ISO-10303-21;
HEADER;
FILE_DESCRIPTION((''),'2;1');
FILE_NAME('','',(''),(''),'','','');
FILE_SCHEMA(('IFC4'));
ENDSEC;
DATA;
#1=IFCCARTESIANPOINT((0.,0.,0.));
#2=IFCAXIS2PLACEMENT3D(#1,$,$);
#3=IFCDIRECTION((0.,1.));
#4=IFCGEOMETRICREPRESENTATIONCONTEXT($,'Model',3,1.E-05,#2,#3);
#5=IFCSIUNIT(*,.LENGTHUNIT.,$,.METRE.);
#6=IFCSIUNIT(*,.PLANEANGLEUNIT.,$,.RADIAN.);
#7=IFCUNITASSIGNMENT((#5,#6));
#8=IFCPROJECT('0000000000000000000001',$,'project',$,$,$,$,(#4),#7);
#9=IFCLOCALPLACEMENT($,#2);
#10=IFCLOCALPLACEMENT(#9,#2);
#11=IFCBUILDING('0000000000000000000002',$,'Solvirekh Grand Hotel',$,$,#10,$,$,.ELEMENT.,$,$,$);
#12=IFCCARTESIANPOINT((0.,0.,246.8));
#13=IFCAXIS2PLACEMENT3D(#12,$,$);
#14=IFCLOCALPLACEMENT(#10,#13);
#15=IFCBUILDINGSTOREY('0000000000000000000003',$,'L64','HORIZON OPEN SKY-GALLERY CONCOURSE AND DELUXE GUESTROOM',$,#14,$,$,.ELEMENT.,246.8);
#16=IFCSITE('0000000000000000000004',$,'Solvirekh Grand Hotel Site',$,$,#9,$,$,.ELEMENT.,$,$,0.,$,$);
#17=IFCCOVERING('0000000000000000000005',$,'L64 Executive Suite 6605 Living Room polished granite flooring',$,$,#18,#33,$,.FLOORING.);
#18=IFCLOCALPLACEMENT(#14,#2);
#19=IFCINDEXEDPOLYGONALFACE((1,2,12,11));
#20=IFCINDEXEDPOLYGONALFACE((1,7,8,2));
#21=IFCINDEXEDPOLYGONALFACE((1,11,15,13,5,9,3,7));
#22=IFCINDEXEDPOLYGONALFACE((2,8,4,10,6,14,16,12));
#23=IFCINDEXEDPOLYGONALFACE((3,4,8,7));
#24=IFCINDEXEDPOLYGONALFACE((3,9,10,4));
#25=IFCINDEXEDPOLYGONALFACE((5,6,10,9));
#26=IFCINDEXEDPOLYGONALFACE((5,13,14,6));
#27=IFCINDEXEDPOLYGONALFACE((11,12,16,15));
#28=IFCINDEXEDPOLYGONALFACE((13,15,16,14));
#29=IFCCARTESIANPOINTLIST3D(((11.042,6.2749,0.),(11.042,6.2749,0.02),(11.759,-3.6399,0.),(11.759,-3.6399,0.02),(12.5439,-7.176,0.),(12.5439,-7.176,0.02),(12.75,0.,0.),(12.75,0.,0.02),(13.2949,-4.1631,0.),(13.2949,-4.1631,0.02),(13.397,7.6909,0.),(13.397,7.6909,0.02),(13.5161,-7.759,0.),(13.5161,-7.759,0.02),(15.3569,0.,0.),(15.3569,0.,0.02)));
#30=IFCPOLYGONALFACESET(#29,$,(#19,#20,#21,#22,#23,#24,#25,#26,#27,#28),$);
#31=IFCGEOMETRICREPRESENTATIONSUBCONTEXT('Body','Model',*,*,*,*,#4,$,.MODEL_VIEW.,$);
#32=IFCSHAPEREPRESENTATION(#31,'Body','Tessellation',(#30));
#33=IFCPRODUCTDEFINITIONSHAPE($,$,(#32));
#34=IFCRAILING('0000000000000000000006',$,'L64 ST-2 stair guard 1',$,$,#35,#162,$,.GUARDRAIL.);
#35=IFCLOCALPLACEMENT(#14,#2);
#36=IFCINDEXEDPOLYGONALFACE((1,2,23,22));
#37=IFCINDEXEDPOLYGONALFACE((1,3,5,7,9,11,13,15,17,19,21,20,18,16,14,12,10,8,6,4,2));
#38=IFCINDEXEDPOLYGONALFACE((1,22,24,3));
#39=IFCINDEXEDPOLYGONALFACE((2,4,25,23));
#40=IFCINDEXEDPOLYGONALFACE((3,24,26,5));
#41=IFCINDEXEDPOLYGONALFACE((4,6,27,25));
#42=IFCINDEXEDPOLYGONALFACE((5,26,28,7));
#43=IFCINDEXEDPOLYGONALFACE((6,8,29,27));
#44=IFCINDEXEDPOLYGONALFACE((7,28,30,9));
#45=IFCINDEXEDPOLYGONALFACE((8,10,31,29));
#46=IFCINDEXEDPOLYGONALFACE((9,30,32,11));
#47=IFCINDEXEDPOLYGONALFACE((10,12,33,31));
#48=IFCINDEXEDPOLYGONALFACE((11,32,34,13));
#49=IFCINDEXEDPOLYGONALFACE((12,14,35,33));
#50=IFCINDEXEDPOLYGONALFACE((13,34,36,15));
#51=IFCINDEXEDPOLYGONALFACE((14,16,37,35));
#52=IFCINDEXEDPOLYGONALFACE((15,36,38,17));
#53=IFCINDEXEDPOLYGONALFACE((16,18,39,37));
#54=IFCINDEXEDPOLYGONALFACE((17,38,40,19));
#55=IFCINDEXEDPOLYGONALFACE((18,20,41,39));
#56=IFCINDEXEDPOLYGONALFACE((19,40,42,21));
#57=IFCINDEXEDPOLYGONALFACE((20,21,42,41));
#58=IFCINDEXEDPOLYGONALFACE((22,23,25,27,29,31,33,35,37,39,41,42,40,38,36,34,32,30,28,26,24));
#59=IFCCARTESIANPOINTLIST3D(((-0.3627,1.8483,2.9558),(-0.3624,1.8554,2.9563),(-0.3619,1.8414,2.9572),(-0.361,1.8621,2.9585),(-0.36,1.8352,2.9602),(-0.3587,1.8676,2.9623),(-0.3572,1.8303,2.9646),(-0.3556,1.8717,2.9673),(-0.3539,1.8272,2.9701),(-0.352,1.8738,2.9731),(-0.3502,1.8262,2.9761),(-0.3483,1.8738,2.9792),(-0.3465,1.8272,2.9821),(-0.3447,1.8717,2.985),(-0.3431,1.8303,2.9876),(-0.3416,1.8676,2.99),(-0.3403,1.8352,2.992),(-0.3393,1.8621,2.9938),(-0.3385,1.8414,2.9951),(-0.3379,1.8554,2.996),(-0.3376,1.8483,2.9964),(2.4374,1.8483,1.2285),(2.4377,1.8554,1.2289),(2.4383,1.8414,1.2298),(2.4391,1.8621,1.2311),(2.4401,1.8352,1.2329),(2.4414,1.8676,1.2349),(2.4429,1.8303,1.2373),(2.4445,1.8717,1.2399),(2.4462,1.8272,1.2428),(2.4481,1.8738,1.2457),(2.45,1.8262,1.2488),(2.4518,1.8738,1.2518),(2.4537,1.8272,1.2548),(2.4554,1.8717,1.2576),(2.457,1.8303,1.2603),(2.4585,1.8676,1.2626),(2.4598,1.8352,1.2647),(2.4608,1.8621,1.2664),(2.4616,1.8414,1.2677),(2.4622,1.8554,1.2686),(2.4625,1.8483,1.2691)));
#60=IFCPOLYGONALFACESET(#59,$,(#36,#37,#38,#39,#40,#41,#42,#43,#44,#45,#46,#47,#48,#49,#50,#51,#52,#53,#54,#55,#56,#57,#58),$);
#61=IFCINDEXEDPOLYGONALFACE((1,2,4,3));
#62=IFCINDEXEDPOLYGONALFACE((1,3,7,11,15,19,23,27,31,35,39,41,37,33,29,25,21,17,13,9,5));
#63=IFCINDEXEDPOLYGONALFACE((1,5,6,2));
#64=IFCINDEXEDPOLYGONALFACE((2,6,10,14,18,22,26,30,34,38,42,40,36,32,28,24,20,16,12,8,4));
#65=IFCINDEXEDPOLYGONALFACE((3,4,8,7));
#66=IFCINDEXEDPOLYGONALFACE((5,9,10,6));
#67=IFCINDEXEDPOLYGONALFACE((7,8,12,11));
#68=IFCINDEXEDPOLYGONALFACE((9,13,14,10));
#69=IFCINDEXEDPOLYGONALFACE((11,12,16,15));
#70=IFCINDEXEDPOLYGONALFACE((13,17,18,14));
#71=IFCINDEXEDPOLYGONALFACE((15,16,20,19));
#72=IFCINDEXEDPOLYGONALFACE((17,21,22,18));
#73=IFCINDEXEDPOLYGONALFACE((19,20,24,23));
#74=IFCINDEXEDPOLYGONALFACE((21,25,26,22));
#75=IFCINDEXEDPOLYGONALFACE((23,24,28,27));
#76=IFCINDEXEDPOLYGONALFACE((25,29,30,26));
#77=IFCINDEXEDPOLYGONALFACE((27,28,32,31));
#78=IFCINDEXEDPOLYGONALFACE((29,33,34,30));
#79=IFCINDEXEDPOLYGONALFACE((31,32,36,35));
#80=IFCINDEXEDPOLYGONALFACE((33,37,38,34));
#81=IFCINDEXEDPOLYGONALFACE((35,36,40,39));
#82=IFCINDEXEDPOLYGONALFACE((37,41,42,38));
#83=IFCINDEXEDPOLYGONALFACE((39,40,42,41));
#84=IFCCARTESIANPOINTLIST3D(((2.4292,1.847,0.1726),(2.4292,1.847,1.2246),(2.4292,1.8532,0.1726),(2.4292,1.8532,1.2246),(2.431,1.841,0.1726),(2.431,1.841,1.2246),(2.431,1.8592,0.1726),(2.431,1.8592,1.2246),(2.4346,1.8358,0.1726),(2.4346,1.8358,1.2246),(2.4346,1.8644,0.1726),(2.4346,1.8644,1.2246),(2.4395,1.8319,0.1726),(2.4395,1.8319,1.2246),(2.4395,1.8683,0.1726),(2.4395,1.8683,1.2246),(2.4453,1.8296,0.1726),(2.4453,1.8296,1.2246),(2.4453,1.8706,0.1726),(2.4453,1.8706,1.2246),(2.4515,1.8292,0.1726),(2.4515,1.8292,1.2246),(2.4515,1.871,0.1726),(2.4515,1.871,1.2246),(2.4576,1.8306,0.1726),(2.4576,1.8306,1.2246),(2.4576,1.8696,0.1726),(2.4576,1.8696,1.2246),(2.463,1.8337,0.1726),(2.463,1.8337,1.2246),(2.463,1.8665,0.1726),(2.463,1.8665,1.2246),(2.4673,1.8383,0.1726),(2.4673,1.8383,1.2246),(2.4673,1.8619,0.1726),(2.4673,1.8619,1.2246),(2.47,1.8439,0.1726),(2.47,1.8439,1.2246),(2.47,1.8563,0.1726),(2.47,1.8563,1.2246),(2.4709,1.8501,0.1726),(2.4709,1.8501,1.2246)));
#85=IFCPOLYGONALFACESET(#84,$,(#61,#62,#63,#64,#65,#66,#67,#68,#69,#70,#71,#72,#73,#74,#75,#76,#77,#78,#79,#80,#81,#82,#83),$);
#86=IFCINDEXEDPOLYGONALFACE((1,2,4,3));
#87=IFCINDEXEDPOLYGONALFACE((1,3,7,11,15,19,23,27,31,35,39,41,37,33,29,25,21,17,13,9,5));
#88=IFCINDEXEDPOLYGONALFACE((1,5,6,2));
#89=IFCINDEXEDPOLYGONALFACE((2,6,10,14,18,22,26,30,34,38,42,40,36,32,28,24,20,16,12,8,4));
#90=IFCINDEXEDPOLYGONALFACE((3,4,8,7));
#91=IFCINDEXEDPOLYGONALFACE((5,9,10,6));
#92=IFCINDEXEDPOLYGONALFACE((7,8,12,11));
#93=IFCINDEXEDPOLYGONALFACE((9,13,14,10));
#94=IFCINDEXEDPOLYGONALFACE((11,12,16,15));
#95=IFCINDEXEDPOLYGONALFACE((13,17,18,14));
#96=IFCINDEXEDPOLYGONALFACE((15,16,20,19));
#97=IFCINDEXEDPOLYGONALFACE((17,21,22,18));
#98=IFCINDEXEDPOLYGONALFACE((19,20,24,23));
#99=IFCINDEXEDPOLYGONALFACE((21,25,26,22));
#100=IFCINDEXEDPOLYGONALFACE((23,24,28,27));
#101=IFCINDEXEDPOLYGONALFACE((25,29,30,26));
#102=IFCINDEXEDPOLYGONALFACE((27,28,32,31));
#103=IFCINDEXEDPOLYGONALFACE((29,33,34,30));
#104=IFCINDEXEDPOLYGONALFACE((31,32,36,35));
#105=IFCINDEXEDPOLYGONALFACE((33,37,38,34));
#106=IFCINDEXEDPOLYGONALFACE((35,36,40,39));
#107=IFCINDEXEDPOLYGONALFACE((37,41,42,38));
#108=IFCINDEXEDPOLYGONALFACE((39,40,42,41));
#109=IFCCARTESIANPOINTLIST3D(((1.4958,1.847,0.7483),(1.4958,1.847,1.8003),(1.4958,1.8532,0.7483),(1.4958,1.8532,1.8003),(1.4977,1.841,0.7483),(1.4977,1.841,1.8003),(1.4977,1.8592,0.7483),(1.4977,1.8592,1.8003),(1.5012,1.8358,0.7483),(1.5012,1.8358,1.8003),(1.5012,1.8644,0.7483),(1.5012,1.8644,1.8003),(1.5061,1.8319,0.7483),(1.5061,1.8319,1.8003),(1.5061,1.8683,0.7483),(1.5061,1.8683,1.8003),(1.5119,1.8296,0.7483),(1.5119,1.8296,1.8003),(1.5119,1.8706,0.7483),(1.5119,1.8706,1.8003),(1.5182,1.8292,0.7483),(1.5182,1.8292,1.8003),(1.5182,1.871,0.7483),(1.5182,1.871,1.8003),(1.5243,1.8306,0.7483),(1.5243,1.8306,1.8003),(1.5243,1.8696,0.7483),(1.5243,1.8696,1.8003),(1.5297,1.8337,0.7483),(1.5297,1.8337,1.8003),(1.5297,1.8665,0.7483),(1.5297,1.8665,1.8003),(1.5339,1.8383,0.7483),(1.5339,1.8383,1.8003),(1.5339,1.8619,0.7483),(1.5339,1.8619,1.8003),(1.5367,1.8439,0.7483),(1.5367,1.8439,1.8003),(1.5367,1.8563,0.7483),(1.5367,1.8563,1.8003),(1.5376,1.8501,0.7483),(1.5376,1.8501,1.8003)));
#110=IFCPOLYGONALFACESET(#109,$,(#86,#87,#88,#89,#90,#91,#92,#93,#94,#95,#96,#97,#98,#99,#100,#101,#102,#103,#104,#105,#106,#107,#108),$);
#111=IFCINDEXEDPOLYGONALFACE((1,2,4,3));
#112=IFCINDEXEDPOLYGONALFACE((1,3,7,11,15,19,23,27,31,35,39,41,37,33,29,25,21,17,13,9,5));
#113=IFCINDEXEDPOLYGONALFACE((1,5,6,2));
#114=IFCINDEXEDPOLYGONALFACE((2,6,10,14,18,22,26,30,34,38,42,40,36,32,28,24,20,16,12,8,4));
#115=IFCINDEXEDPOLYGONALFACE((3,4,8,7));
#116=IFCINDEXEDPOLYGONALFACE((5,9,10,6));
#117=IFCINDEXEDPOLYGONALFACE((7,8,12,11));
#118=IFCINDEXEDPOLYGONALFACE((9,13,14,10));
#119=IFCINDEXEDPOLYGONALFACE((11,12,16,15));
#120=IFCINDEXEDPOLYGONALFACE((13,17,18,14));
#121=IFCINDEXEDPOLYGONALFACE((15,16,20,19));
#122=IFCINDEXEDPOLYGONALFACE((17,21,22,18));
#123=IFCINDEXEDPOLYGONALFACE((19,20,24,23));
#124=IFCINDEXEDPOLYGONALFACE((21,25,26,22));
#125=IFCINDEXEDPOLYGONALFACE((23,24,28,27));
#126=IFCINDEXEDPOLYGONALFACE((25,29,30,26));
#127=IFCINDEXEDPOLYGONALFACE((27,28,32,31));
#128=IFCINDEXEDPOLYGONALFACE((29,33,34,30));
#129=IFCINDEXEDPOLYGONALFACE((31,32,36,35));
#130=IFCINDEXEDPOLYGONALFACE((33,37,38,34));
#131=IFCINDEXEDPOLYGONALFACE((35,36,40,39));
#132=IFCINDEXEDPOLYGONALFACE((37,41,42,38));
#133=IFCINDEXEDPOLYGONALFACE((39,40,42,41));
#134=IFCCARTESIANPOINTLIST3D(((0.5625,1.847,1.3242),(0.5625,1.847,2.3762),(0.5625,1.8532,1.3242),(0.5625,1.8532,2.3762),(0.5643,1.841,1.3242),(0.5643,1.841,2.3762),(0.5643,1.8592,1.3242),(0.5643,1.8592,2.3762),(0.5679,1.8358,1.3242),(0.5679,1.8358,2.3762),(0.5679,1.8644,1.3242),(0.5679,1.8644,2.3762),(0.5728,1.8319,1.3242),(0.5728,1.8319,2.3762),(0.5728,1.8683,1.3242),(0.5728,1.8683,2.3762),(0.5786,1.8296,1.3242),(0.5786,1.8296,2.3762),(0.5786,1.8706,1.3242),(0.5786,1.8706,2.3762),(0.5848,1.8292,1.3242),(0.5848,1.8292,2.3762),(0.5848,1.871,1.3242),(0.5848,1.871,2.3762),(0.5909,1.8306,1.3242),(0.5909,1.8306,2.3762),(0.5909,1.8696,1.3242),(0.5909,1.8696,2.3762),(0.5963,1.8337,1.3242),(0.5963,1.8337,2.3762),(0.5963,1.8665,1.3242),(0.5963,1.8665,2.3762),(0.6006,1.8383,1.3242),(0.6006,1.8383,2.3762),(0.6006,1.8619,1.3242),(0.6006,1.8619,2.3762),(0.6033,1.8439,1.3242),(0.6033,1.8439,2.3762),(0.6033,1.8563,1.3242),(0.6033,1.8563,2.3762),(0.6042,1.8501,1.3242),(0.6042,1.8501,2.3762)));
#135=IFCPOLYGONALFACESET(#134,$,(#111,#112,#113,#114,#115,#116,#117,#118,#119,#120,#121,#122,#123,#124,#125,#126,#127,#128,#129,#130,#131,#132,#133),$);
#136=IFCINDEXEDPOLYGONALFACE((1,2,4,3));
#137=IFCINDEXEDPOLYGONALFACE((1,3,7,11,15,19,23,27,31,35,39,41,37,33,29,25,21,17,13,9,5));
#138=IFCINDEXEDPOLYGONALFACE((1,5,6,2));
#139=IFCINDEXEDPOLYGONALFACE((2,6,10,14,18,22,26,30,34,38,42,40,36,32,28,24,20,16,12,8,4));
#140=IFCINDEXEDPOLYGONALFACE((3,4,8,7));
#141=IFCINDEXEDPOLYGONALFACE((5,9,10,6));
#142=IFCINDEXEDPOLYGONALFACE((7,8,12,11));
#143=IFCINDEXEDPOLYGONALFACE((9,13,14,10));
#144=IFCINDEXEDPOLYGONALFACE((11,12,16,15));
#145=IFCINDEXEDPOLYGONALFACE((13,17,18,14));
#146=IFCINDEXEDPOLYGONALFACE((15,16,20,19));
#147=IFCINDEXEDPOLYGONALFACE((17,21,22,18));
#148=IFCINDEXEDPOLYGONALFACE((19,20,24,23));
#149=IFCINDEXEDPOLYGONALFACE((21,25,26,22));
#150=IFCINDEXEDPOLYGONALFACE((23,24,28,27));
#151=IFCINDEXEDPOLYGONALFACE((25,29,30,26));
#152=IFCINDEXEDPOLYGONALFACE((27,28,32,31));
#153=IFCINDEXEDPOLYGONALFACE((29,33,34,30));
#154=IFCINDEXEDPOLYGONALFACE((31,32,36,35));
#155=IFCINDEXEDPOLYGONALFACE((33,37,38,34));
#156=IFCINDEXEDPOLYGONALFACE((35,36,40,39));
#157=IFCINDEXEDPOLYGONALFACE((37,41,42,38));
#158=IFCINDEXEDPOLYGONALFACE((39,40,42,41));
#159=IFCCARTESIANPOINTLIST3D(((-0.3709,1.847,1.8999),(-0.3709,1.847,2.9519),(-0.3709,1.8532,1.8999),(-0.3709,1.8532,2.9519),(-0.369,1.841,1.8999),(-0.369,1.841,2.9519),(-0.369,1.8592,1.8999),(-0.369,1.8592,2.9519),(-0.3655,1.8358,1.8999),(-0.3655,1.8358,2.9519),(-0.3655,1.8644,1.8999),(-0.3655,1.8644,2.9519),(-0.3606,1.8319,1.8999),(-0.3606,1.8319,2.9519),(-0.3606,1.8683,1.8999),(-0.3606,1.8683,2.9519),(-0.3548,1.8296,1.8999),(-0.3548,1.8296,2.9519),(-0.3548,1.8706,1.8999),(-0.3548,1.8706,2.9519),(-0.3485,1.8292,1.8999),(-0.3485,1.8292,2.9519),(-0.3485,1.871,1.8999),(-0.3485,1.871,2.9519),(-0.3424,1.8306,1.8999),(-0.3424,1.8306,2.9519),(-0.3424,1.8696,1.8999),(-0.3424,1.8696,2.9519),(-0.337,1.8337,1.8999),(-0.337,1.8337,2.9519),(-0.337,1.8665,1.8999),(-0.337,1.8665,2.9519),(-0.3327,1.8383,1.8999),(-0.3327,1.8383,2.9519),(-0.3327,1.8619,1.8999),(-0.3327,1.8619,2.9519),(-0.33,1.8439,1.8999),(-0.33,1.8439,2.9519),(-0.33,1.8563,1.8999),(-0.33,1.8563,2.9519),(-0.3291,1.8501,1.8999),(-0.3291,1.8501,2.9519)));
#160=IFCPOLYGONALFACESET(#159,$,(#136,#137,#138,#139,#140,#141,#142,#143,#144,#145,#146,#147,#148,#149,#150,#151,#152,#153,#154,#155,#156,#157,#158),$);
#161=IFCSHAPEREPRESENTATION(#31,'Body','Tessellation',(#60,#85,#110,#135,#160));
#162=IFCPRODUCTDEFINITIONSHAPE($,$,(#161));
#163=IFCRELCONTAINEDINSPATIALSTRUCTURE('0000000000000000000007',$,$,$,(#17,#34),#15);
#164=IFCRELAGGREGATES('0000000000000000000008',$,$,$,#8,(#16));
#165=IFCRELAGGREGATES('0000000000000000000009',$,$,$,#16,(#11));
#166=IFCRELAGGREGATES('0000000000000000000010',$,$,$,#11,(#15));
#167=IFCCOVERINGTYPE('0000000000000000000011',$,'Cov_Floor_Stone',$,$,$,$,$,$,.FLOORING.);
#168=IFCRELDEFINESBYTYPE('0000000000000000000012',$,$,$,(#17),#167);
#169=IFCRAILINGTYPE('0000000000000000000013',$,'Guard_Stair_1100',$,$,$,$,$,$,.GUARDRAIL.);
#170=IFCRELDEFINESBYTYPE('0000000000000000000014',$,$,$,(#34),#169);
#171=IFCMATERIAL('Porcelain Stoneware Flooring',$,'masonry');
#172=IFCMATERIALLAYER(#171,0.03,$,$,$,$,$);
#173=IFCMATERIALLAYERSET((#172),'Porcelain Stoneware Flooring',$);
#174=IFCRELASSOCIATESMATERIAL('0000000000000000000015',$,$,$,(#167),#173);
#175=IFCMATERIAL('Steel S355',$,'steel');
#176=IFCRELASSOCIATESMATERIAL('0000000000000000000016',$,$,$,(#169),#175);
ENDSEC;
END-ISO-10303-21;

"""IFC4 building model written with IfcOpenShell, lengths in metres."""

from ifc_helpers import new_model, si_unit, direction, frame, origin, origin_2d, place, context, subcontext, project, spatial, polyline, circle, outline, extrude, material, layer, layer_set, type_object, element, save


model = new_model("IFC4")

# Units and contexts
model_context = context("Model", 3, precision=1e-05, world=origin(), true_north=direction((0.0, 1.0)))
body_context = subcontext(model_context, "Body", "Model", "MODEL_VIEW")
ifc_project = project(units=[si_unit("LENGTHUNIT", "METRE"), si_unit("PLANEANGLEUNIT", "RADIAN")], contexts=[model_context])

# Site, building, storey
site_placement = place(None, origin())
site = spatial("IfcSite", under=ifc_project, at=site_placement, Name="Solvirekh Grand Hotel Site", CompositionType="ELEMENT", RefElevation=0.0)
building_placement = place(site_placement, origin())
building = spatial("IfcBuilding", under=site, at=building_placement, Name="Solvirekh Grand Hotel", CompositionType="ELEMENT")
storey_placement = place(building_placement, frame((0.0, 0.0, 246.8)))
storey = spatial("IfcBuildingStorey", under=building, at=storey_placement, Name="L64", Description="HORIZON OPEN SKY-GALLERY CONCOURSE AND DELUXE GUESTROOM", CompositionType="ELEMENT", Elevation=246.8)

# Shared definitions
ifc_material_1 = material(Name="Steel S355", Category="steel")

# Covering
ifc_material_2 = material(Name="Porcelain Stoneware Flooring", Category="masonry")
ifc_layer_1 = layer(ifc_material_2, 0.03)
ifc_layer_set_1 = layer_set([ifc_layer_1], Name="Porcelain Stoneware Flooring")
covering_type_1 = type_object("IfcCoveringType", Name="Cov_Floor_Stone", PredefinedType="FLOORING", material=ifc_layer_set_1)
covering_1_placement = place(storey_placement, origin())
element("IfcCovering", 1, at=covering_1_placement, inside=storey, type_object=covering_type_1, Name="L64 Executive Suite 6605 Living Room polished granite flooring", PredefinedType="FLOORING", context=body_context, shape_type="SweptSolid", body=[
    extrude(outline(polyline([(13.2949, -4.1631), (12.5439, -7.176), (13.5161, -7.759), (15.3569, 0.0), (13.397, 7.6909), (11.042, 6.2749), (12.75, 0.0), (11.759, -3.6399), (13.2949, -4.1631)])), origin(), (0.0, 0.0, 1.0), 0.02),
])

# Railing
railing_type_1 = type_object("IfcRailingType", Name="Guard_Stair_1100", PredefinedType="GUARDRAIL", material=ifc_material_1)
railing_1_placement = place(storey_placement, frame((2.45, 1.8501, 0.1726)))
element("IfcRailing", 2, at=railing_1_placement, inside=storey, type_object=railing_type_1, Name="L64 ST-2 stair guard 1", PredefinedType="GUARDRAIL", context=body_context, shape_type="SweptSolid", body=[
    extrude(circle(Radius=0.0239, at=origin_2d()), frame((0.0, 0.0, 1.0762), z_axis=(-0.85109, 0.0, 0.52502), x_axis=(0.0, -1.0, 0.0)), (0.0, 0.0, 1.0), 3.29),
    extrude(circle(Radius=0.021, at=origin_2d()), origin(), (0.0, 0.0, 1.0), 1.052),
    extrude(circle(Radius=0.021, at=origin_2d()), frame((-0.9333, 0.0, 0.5757)), (0.0, 0.0, 1.0), 1.052),
    extrude(circle(Radius=0.021, at=origin_2d()), frame((-1.8667, 0.0, 1.1516)), (0.0, 0.0, 1.0), 1.052),
    extrude(circle(Radius=0.021, at=origin_2d()), frame((-2.8, 0.0, 1.7273)), (0.0, 0.0, 1.0), 1.052),
])

save(model, "model.ifc")
